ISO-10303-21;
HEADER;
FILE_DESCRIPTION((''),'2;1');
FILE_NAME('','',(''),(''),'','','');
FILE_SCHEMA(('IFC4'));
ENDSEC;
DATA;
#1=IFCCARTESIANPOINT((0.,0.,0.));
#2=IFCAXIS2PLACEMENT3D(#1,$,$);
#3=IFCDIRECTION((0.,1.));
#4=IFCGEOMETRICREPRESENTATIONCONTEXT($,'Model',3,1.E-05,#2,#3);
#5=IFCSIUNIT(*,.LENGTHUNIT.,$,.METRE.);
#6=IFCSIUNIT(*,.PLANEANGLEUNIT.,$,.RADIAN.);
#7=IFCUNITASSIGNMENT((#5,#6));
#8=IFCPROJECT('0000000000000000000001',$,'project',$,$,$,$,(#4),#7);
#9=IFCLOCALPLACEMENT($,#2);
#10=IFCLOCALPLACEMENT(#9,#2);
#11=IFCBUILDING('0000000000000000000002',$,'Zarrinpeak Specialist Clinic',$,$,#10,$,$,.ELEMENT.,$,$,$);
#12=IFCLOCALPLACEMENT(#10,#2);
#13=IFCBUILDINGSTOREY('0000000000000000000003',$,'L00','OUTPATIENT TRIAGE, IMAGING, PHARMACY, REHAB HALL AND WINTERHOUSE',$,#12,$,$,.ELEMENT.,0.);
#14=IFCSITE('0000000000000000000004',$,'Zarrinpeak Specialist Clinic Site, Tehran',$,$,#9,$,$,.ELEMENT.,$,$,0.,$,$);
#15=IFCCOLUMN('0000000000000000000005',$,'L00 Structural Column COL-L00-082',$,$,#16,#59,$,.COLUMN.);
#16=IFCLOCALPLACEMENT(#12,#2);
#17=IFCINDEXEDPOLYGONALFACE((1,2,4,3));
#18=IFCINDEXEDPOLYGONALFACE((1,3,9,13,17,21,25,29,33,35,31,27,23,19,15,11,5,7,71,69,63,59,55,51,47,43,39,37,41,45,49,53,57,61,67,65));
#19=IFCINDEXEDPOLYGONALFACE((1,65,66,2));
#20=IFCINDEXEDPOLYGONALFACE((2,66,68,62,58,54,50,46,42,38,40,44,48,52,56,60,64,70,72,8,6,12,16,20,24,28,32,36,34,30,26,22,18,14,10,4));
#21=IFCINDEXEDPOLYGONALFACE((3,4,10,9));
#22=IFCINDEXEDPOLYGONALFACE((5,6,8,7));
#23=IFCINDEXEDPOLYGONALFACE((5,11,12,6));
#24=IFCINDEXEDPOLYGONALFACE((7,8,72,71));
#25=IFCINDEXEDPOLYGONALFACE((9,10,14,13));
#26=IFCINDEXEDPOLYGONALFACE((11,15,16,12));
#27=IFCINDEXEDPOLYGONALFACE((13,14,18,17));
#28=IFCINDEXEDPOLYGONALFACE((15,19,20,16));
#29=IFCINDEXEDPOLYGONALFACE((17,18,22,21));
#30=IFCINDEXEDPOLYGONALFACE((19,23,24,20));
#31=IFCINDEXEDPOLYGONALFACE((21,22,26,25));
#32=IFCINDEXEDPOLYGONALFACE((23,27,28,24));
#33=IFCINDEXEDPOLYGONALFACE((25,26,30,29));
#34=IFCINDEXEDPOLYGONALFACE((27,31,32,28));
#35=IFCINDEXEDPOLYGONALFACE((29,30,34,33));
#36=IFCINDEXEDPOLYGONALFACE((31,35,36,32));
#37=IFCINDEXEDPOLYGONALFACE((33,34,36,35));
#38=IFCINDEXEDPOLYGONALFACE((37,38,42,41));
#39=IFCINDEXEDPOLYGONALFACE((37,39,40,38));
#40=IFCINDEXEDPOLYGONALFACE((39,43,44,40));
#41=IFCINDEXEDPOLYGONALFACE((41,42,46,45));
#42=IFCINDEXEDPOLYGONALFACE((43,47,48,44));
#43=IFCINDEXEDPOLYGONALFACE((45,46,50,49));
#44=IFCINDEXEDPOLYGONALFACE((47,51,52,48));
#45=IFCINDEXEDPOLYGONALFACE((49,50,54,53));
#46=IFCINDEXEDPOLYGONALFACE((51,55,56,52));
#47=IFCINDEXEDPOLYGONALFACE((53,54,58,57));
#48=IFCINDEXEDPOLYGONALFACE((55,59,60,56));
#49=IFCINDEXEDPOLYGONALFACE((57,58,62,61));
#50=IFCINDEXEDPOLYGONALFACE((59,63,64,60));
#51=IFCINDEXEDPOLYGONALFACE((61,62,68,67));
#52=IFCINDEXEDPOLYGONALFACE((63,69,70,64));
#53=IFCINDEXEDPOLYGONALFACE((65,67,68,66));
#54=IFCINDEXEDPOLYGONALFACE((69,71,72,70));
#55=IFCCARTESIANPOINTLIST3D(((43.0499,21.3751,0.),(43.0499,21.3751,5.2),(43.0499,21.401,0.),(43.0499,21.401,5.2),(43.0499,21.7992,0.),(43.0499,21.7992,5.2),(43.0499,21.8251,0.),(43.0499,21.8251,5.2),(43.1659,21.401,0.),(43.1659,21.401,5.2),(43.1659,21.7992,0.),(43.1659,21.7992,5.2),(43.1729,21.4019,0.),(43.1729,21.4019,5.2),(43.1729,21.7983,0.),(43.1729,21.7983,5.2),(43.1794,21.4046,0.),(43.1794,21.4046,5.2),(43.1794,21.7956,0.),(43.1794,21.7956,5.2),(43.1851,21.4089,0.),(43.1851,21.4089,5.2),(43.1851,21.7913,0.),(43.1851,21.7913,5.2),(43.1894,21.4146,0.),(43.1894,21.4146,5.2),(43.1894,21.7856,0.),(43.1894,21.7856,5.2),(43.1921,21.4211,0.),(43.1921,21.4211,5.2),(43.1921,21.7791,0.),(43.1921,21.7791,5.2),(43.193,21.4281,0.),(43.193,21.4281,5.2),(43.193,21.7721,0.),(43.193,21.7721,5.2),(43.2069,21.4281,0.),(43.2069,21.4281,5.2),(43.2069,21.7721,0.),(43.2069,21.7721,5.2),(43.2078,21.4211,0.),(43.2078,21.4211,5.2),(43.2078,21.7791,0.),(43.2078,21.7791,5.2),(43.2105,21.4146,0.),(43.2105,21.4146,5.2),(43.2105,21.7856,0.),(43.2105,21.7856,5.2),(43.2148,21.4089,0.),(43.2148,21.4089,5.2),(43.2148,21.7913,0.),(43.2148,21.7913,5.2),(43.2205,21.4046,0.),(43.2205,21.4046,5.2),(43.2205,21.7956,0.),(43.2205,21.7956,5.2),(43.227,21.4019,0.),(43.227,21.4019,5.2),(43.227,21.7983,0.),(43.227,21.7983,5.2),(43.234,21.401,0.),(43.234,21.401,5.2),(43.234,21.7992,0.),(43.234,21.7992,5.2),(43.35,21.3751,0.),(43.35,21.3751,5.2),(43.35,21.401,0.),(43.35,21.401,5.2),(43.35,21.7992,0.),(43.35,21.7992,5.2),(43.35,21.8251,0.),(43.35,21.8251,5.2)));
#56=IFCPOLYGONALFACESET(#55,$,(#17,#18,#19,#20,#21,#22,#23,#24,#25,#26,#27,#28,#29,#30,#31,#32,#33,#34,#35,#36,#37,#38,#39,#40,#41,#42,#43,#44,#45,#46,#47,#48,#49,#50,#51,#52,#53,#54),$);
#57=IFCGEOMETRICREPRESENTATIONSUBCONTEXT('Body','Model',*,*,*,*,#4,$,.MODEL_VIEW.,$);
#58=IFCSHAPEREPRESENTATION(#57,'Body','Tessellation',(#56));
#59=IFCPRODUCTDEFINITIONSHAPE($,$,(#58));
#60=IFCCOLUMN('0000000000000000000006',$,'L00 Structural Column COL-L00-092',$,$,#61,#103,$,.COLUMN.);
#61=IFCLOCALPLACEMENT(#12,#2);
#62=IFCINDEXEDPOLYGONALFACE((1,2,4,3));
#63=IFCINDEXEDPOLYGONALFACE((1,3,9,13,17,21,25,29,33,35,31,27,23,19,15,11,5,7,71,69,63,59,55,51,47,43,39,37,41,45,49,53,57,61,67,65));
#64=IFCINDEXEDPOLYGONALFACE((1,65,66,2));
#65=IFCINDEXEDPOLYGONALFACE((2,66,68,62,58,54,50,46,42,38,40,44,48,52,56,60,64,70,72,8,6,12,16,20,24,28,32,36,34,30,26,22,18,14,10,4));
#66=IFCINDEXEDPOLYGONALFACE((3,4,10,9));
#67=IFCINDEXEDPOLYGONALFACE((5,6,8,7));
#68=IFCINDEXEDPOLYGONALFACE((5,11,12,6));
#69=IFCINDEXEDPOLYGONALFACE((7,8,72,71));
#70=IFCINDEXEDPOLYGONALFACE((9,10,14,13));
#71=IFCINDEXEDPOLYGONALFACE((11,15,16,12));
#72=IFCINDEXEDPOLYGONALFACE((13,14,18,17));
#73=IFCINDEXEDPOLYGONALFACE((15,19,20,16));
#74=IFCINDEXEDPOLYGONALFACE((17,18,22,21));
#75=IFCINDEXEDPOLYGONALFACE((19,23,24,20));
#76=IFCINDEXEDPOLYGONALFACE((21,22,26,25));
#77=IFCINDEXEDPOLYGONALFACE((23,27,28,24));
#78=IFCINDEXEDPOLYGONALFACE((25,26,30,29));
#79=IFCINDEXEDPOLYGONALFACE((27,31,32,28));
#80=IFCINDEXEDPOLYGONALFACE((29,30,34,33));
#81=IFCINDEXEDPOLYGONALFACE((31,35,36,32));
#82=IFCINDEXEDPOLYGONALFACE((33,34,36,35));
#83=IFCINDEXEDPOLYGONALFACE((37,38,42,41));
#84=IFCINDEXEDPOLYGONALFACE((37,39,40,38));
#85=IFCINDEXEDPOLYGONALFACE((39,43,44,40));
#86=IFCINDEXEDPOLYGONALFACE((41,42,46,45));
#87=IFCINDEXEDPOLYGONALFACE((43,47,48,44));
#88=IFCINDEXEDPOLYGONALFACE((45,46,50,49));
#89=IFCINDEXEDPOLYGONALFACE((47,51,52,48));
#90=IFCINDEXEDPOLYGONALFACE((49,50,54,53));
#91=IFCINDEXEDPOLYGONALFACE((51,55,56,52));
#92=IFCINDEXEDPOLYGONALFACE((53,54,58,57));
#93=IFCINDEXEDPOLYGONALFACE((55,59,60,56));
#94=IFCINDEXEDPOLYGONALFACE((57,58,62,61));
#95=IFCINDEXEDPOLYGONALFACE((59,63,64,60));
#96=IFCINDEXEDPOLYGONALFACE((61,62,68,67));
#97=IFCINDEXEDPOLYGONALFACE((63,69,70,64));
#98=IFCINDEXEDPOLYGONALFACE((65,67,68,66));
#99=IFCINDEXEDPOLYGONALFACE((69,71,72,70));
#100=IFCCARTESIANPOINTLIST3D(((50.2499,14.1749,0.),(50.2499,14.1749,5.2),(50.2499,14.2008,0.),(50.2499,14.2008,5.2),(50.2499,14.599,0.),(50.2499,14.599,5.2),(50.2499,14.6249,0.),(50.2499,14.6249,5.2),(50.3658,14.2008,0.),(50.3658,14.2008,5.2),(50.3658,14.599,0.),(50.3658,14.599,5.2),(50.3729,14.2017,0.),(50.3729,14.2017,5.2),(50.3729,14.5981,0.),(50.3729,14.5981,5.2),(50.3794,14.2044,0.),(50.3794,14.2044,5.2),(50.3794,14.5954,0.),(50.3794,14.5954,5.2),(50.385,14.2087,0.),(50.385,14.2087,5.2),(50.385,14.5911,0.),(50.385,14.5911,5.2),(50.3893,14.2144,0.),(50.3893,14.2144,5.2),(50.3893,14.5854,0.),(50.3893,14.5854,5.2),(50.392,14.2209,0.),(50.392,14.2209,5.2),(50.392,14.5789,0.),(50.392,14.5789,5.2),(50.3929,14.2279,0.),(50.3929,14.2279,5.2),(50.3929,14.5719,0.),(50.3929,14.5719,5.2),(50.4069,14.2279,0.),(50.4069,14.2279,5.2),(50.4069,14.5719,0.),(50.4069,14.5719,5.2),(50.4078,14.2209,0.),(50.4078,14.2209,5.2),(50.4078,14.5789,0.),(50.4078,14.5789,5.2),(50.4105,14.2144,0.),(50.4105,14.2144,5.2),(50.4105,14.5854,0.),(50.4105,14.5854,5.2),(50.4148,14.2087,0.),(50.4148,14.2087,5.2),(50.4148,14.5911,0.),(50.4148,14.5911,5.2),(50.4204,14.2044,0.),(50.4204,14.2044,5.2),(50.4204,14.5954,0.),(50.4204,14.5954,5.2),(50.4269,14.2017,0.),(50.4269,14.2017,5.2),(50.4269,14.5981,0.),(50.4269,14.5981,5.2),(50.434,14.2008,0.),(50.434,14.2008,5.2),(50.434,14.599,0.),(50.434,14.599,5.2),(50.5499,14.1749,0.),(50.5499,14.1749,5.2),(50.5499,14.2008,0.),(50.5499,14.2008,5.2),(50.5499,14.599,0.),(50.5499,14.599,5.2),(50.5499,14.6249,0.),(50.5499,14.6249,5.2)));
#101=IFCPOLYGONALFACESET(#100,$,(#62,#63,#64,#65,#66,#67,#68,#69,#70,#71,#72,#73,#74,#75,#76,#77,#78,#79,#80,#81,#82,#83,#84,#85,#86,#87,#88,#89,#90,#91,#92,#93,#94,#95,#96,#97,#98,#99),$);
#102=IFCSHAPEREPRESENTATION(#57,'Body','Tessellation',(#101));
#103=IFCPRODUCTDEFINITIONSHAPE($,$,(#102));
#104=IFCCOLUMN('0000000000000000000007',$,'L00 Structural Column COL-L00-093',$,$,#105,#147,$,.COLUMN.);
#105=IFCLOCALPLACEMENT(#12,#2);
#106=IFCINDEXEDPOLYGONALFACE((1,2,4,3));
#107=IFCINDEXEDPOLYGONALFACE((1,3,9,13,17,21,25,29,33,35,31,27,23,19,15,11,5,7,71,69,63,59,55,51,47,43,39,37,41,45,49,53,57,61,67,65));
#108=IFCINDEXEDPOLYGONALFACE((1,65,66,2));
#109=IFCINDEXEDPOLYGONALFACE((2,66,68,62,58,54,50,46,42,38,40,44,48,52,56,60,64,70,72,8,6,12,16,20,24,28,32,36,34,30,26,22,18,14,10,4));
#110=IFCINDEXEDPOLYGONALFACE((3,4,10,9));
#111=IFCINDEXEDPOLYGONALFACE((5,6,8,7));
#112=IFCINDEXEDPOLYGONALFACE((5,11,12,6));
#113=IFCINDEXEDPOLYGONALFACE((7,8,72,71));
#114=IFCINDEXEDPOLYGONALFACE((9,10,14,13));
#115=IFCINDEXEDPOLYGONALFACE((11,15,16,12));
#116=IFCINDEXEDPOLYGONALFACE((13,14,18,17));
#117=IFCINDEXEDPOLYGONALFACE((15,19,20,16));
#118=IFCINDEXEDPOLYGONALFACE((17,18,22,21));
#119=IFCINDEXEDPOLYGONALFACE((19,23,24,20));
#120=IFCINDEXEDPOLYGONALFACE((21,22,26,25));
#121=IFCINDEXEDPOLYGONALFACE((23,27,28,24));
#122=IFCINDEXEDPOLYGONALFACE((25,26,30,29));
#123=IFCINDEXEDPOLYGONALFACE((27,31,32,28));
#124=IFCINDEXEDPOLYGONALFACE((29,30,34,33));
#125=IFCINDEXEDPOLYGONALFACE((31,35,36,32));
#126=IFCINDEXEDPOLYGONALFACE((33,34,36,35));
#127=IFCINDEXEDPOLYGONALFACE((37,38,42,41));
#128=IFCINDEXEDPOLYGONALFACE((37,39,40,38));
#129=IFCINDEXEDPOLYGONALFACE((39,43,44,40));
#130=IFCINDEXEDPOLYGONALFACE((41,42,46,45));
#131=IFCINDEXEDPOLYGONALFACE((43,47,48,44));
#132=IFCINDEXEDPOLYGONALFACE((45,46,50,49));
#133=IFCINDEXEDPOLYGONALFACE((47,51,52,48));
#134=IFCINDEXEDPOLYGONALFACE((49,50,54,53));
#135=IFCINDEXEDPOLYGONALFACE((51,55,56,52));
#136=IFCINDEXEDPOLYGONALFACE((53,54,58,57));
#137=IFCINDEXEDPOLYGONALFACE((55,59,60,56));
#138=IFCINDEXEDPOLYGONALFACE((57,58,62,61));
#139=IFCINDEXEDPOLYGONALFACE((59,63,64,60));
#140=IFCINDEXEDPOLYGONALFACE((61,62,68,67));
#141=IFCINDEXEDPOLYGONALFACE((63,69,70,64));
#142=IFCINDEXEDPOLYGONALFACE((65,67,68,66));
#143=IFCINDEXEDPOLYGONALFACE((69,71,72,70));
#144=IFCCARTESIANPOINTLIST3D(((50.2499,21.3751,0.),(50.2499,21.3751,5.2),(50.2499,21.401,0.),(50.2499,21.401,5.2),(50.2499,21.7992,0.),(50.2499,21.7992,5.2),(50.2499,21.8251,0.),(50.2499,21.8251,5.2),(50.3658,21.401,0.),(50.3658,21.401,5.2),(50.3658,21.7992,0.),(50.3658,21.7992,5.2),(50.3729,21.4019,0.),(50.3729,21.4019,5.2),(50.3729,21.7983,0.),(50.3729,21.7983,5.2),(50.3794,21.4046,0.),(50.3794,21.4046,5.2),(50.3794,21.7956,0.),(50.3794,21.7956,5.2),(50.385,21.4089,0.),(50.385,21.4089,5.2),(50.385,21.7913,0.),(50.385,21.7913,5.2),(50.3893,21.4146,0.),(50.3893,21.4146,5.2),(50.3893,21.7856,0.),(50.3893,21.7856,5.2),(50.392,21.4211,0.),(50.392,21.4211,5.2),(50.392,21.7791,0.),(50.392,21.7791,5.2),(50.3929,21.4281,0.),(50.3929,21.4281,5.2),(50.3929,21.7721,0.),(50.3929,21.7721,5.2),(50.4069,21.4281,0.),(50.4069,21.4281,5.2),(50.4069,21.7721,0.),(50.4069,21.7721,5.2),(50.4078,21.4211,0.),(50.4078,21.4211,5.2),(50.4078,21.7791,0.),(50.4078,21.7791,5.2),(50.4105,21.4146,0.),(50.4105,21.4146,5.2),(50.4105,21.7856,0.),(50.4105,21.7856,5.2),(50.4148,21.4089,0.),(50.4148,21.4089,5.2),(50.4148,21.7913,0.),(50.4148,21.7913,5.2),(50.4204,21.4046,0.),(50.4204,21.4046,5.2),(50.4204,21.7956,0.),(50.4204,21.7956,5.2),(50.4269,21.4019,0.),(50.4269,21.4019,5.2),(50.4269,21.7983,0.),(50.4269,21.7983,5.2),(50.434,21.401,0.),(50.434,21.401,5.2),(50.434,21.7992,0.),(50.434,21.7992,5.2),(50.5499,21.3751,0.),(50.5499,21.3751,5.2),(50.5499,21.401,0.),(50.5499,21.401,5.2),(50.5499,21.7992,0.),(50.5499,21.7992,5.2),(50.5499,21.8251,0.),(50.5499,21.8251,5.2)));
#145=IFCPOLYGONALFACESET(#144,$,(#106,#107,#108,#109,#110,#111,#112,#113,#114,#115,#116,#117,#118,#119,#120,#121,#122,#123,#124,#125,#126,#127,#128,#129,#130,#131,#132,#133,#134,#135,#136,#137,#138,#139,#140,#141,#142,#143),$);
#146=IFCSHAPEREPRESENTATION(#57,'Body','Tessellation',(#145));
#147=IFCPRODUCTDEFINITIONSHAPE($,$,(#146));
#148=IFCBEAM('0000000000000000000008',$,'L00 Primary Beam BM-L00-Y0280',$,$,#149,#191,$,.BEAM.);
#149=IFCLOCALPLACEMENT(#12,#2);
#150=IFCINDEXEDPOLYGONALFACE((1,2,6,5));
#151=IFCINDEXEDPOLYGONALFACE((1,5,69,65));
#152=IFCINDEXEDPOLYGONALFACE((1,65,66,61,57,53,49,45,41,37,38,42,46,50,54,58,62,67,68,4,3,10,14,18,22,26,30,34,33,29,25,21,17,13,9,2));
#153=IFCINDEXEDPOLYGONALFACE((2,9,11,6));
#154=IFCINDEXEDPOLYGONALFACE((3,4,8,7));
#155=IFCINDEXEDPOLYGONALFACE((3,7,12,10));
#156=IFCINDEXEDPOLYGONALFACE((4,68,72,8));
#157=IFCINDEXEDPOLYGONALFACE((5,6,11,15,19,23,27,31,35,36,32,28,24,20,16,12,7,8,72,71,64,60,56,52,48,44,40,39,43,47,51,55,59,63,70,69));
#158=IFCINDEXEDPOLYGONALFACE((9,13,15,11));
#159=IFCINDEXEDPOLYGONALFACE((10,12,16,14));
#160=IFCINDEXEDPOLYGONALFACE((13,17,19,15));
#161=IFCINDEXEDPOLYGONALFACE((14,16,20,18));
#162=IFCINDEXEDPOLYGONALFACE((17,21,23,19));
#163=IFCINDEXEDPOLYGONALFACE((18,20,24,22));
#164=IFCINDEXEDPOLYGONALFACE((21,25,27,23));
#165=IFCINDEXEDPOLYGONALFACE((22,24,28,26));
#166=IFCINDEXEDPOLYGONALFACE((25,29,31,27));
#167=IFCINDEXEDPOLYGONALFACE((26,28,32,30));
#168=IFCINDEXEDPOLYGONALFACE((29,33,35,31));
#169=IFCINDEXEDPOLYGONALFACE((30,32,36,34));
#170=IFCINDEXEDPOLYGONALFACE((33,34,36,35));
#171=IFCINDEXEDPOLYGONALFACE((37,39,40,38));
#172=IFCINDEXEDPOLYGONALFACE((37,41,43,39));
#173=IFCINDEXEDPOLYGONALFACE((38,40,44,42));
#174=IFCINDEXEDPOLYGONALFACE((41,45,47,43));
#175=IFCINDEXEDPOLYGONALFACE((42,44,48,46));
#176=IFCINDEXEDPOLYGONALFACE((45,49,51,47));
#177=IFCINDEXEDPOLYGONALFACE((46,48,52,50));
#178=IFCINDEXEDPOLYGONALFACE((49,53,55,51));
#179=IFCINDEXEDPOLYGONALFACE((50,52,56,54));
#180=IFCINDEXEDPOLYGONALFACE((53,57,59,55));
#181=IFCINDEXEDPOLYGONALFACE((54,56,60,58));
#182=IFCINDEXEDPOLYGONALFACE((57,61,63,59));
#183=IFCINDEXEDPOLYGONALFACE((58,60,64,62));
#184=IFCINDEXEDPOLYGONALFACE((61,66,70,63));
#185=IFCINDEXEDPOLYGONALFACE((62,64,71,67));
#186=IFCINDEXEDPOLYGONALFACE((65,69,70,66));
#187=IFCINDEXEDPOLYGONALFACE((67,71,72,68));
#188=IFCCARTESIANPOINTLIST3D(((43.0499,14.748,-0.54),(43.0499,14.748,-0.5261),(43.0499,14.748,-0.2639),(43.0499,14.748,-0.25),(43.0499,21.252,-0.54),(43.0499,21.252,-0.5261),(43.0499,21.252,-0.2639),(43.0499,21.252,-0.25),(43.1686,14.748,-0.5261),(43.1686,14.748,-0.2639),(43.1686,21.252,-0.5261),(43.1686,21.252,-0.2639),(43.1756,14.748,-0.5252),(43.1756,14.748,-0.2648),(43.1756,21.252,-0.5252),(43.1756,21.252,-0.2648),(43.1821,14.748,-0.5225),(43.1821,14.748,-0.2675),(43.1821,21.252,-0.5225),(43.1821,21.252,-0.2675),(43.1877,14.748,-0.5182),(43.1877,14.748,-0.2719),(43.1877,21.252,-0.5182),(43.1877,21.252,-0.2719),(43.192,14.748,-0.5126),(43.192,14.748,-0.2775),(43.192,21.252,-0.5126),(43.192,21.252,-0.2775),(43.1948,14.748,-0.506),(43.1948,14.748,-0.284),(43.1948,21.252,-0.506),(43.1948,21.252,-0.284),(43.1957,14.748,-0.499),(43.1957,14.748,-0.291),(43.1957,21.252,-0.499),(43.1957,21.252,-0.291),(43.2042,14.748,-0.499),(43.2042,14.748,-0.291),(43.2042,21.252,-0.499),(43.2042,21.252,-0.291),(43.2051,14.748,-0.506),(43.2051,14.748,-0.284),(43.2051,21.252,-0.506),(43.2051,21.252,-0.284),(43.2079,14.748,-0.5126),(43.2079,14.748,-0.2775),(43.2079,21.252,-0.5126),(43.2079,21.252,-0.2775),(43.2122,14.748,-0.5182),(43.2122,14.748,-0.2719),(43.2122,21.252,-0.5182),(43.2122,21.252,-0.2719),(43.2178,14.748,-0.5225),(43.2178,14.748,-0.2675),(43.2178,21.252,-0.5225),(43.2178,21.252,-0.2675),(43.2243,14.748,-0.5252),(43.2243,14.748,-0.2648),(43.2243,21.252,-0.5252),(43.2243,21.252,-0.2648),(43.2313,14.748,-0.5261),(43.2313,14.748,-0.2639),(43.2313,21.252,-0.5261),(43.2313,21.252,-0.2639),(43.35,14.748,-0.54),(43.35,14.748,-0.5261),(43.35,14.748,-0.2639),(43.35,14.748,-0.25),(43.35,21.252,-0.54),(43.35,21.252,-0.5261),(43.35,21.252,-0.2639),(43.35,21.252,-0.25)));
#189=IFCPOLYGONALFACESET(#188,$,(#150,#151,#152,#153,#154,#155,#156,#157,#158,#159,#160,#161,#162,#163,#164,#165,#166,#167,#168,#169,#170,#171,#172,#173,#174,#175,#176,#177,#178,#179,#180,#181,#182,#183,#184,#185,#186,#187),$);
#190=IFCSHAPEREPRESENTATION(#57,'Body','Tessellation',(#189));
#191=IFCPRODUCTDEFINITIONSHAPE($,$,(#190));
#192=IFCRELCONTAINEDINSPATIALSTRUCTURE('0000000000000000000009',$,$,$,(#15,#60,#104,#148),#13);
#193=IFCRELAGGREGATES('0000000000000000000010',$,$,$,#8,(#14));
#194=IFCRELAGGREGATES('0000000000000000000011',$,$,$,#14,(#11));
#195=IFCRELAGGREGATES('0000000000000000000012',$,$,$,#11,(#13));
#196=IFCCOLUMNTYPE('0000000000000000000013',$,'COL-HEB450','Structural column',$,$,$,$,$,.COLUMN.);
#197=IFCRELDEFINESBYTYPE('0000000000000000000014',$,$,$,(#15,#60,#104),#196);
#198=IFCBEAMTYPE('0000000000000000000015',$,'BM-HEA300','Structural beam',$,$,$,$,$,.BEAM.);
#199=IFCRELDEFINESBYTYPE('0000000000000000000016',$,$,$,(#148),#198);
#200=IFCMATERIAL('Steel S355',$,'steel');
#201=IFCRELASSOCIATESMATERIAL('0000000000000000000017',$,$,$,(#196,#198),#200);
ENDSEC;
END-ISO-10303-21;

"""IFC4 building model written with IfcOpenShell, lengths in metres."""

from ifc_helpers import new_model, si_unit, direction, frame, origin, origin_2d, place, context, subcontext, project, spatial, i_section, extrude, material, material_profile, profile_set, type_object, element, save


model = new_model("IFC4")

# Units and contexts
model_context = context("Model", 3, precision=1e-05, world=origin(), true_north=direction((0.0, 1.0)))
body_context = subcontext(model_context, "Body", "Model", "MODEL_VIEW")
ifc_project = project(units=[si_unit("LENGTHUNIT", "METRE"), si_unit("PLANEANGLEUNIT", "RADIAN")], contexts=[model_context])

# Site, building, storey
site_placement = place(None, origin())
site = spatial("IfcSite", under=ifc_project, at=site_placement, Name="Zarrinpeak Specialist Clinic Site, Tehran", CompositionType="ELEMENT", RefElevation=0.0)
building_placement = place(site_placement, origin())
building = spatial("IfcBuilding", under=site, at=building_placement, Name="Zarrinpeak Specialist Clinic", CompositionType="ELEMENT")
storey_placement = place(building_placement, origin())
storey = spatial("IfcBuildingStorey", under=building, at=storey_placement, Name="L00", Description="OUTPATIENT TRIAGE, IMAGING, PHARMACY, REHAB HALL AND WINTERHOUSE", CompositionType="ELEMENT", Elevation=0.0)

# Columns
ifc_material_1 = material(Name="Steel S355", Category="steel")
ifc_material_profile_1 = material_profile(ifc_material_1, i_section(OverallWidth=0.3, OverallDepth=0.45, WebThickness=0.0139, FlangeThickness=0.0259, FilletRadius=0.0271, at=origin_2d()), Name="HEB 450")
ifc_profile_set_1 = profile_set([ifc_material_profile_1], Name="Steel S355")
column_type = type_object("IfcColumnType", Name="COL-HEB450", Description="Structural column", PredefinedType="COLUMN", material=ifc_profile_set_1)
for number, where, z_axis, x_axis, name in (
    (1, (43.2, 21.6001, 0.0), (0.0, 0.0, 1.0), (1.0, 0.0, 0.0), "L00 Structural Column COL-L00-082"),
    (2, (50.3999, 14.3999, 0.0), (0.0, 0.0, 1.0), (1.0, 0.0, 0.0), "L00 Structural Column COL-L00-092"),
    (3, (50.3999, 21.6001, 0.0), (0.0, 0.0, 1.0), (1.0, 0.0, 0.0), "L00 Structural Column COL-L00-093"),
):
    element("IfcColumn", number, at=place(storey_placement, frame(where, z_axis=z_axis, x_axis=x_axis)), inside=storey, type_object=column_type, Name=name, PredefinedType="COLUMN", context=body_context, shape_type="SweptSolid", body=[
        extrude(i_section(OverallWidth=0.3, OverallDepth=0.45, WebThickness=0.0139, FlangeThickness=0.0259, FilletRadius=0.0271, at=origin_2d()), origin(), (0.0, 0.0, 1.0), 5.2),
    ])

# Beam
ifc_material_profile_2 = material_profile(ifc_material_1, i_section(OverallWidth=0.3, OverallDepth=0.29, WebThickness=0.0085, FlangeThickness=0.0139, FilletRadius=0.0271, at=origin_2d()), Name="HEA 300")
ifc_profile_set_2 = profile_set([ifc_material_profile_2], Name="Steel S355")
beam_type_1 = type_object("IfcBeamType", Name="BM-HEA300", Description="Structural beam", PredefinedType="BEAM", material=ifc_profile_set_2)
for number, where, z_axis, x_axis, name in (
    (4, (43.2, 14.748, -0.395), (0.0, 1.0, 0.0), (-1.0, 0.0, 0.0), "L00 Primary Beam BM-L00-Y0280"),
):
    element("IfcBeam", number, at=place(storey_placement, frame(where, z_axis=z_axis, x_axis=x_axis)), inside=storey, type_object=beam_type_1, Name=name, PredefinedType="BEAM", context=body_context, shape_type="SweptSolid", body=[
        extrude(i_section(OverallWidth=0.3, OverallDepth=0.29, WebThickness=0.0085, FlangeThickness=0.0139, FilletRadius=0.0271, at=origin_2d()), origin(), (0.0, 0.0, 1.0), 6.5039),
    ])

save(model, "model.ifc")
